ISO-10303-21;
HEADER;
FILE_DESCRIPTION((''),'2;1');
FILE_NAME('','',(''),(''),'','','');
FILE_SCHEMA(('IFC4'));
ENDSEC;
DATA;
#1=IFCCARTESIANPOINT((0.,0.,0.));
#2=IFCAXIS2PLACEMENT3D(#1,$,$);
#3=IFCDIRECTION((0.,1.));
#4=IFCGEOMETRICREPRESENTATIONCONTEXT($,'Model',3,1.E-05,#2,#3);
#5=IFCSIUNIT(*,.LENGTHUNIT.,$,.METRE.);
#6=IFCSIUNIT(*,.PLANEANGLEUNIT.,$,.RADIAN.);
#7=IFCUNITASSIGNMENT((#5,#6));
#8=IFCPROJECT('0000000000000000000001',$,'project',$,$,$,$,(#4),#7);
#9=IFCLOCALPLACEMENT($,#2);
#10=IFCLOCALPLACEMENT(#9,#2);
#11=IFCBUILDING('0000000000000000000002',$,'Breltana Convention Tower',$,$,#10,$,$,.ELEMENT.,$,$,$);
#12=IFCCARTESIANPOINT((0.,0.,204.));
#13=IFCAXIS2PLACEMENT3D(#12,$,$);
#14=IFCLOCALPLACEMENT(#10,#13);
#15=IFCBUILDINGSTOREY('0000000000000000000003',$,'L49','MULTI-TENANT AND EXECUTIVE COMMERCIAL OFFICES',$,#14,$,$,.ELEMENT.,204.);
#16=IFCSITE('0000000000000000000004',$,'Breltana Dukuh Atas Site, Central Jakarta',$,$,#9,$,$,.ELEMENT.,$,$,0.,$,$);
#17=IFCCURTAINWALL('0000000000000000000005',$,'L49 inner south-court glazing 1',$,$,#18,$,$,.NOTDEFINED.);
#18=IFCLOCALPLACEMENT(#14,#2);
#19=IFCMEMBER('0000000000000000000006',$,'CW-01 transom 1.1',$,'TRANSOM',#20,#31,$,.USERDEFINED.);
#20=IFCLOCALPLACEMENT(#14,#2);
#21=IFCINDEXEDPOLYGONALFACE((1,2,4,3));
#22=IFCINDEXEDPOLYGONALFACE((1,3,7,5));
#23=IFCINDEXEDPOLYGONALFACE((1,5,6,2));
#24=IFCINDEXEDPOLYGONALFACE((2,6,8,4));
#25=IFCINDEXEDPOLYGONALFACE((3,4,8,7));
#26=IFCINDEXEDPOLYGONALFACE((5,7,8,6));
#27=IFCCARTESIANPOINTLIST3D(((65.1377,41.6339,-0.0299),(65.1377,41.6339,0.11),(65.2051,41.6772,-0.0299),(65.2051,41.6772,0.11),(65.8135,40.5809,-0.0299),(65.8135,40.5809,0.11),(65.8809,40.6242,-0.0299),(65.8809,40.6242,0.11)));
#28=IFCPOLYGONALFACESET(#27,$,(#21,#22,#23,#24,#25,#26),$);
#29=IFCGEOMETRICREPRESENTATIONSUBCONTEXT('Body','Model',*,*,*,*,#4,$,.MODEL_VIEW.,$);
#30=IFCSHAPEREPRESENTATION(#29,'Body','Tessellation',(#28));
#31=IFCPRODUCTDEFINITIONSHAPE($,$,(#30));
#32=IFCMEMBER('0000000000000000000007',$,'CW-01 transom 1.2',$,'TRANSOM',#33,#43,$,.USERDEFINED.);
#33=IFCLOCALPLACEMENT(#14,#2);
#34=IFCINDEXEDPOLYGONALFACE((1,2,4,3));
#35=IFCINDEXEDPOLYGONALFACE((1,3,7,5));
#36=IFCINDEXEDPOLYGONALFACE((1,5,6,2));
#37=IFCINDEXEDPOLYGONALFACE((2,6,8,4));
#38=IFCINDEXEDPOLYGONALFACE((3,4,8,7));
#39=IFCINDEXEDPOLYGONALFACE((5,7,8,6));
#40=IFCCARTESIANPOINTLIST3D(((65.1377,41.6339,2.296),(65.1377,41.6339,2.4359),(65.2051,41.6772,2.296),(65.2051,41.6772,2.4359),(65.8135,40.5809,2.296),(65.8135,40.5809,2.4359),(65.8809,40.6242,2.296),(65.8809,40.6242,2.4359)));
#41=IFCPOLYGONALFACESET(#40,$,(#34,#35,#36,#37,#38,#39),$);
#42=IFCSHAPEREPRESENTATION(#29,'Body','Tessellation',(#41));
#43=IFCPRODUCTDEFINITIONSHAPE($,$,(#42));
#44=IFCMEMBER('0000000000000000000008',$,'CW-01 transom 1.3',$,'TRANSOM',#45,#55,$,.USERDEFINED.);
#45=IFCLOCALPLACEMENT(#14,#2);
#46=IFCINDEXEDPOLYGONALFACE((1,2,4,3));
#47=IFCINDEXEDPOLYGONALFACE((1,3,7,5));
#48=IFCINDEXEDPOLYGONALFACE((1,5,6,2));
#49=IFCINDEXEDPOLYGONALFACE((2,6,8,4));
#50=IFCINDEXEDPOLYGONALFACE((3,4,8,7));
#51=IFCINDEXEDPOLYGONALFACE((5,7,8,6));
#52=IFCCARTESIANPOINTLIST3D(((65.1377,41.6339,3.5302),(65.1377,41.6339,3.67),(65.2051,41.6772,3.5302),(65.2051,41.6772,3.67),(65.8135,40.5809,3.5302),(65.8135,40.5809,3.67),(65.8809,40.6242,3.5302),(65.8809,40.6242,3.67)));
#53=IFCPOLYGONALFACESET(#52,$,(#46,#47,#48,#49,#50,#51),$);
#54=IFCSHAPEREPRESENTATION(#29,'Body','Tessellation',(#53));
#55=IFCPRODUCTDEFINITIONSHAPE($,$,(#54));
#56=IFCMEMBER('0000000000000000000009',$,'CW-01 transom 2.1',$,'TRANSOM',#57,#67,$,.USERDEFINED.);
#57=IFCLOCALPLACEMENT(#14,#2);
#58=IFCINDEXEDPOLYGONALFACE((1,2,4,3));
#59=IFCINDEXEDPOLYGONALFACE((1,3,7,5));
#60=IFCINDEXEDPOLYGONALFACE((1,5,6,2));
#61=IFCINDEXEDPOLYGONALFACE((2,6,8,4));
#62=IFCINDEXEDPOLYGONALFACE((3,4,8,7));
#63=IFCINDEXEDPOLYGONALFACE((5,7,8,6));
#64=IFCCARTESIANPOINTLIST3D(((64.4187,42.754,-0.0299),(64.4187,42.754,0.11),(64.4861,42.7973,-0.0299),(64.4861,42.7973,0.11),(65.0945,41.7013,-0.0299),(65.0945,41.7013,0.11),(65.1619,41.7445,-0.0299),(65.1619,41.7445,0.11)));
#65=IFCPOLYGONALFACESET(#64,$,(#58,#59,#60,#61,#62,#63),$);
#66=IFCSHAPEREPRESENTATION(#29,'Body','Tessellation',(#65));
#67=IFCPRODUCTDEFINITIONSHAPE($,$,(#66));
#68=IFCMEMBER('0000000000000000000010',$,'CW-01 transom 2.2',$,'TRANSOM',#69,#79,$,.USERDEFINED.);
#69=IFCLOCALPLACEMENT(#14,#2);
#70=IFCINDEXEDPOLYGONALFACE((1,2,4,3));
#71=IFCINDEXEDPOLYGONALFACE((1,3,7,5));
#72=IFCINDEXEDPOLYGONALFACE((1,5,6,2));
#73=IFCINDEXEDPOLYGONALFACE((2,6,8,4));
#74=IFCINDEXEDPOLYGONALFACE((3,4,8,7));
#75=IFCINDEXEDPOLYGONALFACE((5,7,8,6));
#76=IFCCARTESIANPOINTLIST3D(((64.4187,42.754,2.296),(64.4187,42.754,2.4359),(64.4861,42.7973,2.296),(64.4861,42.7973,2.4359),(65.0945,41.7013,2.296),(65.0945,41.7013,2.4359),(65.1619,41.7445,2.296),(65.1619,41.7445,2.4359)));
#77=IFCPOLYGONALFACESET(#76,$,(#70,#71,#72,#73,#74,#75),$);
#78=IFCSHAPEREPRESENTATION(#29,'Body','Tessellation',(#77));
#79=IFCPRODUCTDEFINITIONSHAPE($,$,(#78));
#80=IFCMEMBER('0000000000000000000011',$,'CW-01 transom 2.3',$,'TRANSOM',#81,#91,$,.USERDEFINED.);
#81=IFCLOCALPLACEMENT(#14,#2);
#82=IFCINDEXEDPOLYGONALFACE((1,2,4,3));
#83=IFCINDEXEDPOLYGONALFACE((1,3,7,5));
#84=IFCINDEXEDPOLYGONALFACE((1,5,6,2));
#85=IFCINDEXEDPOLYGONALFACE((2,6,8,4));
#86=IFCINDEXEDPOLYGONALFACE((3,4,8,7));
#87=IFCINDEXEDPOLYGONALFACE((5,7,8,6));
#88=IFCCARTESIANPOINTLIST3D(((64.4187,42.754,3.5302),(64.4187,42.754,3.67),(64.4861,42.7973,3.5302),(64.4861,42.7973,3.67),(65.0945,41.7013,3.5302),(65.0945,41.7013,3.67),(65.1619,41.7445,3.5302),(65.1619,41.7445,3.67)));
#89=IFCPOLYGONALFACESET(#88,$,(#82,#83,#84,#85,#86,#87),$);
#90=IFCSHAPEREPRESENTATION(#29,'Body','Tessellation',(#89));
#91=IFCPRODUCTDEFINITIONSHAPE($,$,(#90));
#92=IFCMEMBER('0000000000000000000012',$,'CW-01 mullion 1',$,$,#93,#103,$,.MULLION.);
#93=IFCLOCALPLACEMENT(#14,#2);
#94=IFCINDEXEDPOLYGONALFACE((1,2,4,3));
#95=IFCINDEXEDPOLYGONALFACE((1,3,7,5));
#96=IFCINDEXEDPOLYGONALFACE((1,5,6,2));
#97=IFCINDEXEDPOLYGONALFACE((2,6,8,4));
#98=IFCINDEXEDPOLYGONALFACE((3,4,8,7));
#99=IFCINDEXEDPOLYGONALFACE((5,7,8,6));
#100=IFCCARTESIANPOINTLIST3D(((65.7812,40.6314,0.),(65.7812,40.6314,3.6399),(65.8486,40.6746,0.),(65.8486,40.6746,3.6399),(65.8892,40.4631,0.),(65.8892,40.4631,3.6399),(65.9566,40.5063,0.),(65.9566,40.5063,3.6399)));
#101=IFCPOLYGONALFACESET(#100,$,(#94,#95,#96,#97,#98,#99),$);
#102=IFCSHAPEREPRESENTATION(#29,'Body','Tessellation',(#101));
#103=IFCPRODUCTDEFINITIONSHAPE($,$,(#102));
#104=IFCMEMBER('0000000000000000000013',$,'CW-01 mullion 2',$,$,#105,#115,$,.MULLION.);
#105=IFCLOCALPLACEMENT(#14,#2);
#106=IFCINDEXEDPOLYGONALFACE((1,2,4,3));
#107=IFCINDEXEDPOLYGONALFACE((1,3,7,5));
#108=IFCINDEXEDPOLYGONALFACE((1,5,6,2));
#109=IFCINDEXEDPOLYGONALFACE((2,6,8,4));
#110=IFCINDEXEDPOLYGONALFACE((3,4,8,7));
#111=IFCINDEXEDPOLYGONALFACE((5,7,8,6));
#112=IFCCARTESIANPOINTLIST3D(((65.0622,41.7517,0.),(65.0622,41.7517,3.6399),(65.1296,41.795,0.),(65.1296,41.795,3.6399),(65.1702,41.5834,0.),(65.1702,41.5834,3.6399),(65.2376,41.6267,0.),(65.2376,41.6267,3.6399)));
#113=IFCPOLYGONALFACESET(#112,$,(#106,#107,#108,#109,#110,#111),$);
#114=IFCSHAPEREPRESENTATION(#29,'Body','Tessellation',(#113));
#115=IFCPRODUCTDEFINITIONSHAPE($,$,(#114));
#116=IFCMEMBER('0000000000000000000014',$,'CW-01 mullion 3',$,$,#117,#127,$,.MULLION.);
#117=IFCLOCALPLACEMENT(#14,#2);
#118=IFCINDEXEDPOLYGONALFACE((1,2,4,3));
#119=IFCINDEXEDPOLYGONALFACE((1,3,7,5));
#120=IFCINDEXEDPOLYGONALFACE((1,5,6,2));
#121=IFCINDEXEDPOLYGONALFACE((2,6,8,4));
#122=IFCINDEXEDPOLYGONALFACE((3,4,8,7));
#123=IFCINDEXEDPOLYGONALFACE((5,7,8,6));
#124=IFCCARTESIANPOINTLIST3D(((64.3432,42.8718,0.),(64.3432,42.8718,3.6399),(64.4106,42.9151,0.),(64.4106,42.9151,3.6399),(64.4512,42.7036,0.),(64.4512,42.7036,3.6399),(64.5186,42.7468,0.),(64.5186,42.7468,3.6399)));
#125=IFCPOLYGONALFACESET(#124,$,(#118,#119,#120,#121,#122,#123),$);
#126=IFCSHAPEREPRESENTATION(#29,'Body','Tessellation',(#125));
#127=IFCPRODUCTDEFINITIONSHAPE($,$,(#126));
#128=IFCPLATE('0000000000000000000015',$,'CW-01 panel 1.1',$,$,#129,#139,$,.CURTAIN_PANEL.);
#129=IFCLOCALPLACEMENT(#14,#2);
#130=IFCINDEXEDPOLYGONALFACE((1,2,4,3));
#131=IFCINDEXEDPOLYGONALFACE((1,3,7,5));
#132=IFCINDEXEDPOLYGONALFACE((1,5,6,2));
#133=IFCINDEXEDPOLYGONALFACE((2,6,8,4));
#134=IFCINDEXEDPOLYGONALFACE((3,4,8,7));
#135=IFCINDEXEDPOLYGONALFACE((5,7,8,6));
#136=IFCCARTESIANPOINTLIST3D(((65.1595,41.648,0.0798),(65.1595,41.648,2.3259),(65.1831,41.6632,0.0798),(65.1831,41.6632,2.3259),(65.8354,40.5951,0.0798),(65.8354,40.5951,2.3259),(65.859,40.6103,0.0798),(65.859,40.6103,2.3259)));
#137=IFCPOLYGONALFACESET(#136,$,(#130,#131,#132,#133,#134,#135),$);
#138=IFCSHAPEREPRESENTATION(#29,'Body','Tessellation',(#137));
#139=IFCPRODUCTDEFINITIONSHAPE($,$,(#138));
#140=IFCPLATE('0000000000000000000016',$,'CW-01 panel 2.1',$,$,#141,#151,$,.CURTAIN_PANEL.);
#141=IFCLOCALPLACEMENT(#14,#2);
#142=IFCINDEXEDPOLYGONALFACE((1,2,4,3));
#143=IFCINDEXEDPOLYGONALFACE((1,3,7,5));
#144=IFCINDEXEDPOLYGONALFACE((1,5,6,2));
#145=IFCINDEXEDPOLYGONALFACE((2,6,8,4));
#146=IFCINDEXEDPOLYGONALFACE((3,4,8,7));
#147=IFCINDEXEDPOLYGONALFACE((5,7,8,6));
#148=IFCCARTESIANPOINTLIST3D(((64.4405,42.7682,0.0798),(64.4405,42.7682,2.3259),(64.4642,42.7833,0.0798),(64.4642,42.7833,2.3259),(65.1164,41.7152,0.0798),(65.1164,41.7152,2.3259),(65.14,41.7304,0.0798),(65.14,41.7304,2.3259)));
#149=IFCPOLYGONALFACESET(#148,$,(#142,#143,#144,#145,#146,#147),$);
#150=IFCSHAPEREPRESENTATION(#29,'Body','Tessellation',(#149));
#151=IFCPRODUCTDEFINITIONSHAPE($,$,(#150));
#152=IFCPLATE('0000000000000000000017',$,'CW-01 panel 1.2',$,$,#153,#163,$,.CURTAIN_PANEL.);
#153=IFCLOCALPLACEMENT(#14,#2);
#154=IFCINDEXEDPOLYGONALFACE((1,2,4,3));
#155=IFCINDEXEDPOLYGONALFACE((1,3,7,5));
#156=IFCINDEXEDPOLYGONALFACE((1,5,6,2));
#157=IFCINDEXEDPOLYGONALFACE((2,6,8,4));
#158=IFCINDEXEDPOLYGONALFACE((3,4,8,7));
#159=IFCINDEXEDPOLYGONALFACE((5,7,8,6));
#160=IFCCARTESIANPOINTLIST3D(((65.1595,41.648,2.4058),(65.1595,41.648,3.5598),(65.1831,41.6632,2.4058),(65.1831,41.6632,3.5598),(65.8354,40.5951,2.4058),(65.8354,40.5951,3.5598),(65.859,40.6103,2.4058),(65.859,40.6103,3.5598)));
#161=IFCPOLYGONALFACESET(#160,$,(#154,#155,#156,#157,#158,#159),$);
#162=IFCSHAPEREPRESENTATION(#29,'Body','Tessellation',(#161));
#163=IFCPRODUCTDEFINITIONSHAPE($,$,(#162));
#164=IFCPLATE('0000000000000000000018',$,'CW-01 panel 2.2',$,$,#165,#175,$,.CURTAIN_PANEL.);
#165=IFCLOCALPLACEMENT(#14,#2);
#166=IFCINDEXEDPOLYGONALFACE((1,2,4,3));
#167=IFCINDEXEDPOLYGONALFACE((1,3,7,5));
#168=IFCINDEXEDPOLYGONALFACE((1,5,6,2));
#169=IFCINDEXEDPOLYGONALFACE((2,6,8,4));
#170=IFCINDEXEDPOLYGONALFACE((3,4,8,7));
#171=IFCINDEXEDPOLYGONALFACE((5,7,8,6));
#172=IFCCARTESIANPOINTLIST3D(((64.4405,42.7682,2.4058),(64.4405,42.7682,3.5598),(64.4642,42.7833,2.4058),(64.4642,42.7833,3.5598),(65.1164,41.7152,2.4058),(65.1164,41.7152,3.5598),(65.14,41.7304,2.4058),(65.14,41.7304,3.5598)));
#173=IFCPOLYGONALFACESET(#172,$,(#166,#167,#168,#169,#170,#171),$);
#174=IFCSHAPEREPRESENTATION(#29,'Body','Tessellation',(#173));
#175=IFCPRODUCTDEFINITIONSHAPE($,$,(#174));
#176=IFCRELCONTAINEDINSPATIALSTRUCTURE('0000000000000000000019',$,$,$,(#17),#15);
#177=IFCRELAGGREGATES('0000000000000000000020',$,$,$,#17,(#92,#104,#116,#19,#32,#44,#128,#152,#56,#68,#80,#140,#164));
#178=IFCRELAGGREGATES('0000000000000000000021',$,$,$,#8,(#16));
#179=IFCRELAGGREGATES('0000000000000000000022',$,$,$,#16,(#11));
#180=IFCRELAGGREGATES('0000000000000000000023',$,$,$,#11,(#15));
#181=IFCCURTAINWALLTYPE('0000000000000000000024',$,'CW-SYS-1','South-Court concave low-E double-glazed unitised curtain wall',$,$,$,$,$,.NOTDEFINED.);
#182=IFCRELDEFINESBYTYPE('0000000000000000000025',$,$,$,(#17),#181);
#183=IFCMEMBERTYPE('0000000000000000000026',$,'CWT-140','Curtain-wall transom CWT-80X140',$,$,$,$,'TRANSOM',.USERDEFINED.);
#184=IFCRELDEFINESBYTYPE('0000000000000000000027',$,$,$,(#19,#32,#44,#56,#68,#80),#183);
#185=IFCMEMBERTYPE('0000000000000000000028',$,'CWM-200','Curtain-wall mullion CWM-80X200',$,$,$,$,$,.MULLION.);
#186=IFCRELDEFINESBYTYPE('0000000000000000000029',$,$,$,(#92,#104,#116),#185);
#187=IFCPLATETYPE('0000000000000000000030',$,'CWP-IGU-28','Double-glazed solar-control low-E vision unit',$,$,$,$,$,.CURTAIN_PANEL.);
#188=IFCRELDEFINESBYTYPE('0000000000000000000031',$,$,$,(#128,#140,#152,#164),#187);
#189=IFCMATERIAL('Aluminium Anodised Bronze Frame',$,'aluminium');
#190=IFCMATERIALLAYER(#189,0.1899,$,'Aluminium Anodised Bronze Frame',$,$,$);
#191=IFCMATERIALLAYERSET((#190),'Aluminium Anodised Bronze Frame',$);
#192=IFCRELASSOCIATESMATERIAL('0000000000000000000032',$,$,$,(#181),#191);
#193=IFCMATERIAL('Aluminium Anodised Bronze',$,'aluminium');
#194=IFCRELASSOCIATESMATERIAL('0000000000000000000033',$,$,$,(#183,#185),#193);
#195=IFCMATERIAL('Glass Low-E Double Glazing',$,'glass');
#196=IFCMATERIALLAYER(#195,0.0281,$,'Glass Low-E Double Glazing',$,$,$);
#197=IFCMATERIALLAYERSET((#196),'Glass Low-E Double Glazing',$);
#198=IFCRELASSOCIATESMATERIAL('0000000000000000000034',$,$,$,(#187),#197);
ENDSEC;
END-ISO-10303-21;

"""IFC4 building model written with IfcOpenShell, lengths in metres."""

from ifc_helpers import new_model, si_unit, direction, frame, origin, origin_2d, place, context, subcontext, project, spatial, rectangle, extrude, source, transform, mapped, material, layer, layer_set, material_profile, profile_set, type_object, element, aggregate, save


model = new_model("IFC4")

# Units and contexts
model_context = context("Model", 3, precision=1e-05, world=origin(), true_north=direction((0.0, 1.0)))
body_context = subcontext(model_context, "Body", "Model", "MODEL_VIEW")
ifc_project = project(units=[si_unit("LENGTHUNIT", "METRE"), si_unit("PLANEANGLEUNIT", "RADIAN")], contexts=[model_context])

# Site, building, storey
site_placement = place(None, origin())
site = spatial("IfcSite", under=ifc_project, at=site_placement, Name="Breltana Dukuh Atas Site, Central Jakarta", CompositionType="ELEMENT", RefElevation=0.0)
building_placement = place(site_placement, origin())
building = spatial("IfcBuilding", under=site, at=building_placement, Name="Breltana Convention Tower", CompositionType="ELEMENT")
storey_placement = place(building_placement, frame((0.0, 0.0, 204.0)))
storey = spatial("IfcBuildingStorey", under=building, at=storey_placement, Name="L49", Description="MULTI-TENANT AND EXECUTIVE COMMERCIAL OFFICES", CompositionType="ELEMENT", Elevation=204.0)

# Curtain wall, members, plates
ifc_material_1 = material(Name="Aluminium Anodised Bronze Frame", Category="aluminium")
ifc_layer_1 = layer(ifc_material_1, 0.1899, Name="Aluminium Anodised Bronze Frame")
ifc_layer_set_1 = layer_set([ifc_layer_1], Name="Aluminium Anodised Bronze Frame")
curtain_wall_type = type_object("IfcCurtainWallType", Name="CW-SYS-1", Description="South-Court concave low-E double-glazed unitised curtain wall", PredefinedType="NOTDEFINED", material=ifc_layer_set_1)
curtain_wall_placement = place(storey_placement, origin())
curtain_wall = element("IfcCurtainWall", 1, at=curtain_wall_placement, inside=storey, type_object=curtain_wall_type, Name="L49 inner south-court glazing 1", PredefinedType="NOTDEFINED")
ifc_material_2 = material(Name="Aluminium Anodised Bronze", Category="aluminium")
ifc_material_profile_1 = material_profile(ifc_material_2, rectangle(XDim=0.0801, YDim=0.1399, at=origin_2d()), Name="CWT-80X140")
ifc_profile_set_1 = profile_set([ifc_material_profile_1], Name="Aluminium Anodised Bronze")
member_type_1 = type_object("IfcMemberType", Name="CWT-140", Description="Curtain-wall transom CWT-80X140", ElementType="TRANSOM", PredefinedType="USERDEFINED", material=ifc_profile_set_1)
shared_shape_1 = source(origin(), body_context, "Body", "SweptSolid", [
    extrude(rectangle(XDim=0.0801, YDim=0.1399, at=origin_2d()), origin(), (0.0, 0.0, 1.0), 1.2512),
])
member_1_placement = place(storey_placement, frame((65.8472, 40.6025, 0.04), z_axis=(-0.540116, 0.84159, 0.0), x_axis=(-0.84159, -0.540116, 0.0)))
member_1 = element("IfcMember", 2, at=member_1_placement, type_object=member_type_1, Name="CW-01 transom 1.1", ObjectType="TRANSOM", PredefinedType="USERDEFINED", context=body_context, shape_type="MappedRepresentation", body=[
    mapped(shared_shape_1, transform((0.0, 0.0, 0.0), scale=1.0)),
])
member_2_placement = place(storey_placement, frame((65.8472, 40.6025, 2.366), z_axis=(-0.540116, 0.84159, 0.0), x_axis=(-0.84159, -0.540116, 0.0)))
member_2 = element("IfcMember", 3, at=member_2_placement, type_object=member_type_1, Name="CW-01 transom 1.2", ObjectType="TRANSOM", PredefinedType="USERDEFINED", context=body_context, shape_type="MappedRepresentation", body=[
    mapped(shared_shape_1, transform((0.0, 0.0, 0.0), scale=1.0)),
])
member_3_placement = place(storey_placement, frame((65.8472, 40.6025, 3.6001), z_axis=(-0.540116, 0.84159, 0.0), x_axis=(-0.84159, -0.540116, 0.0)))
member_3 = element("IfcMember", 4, at=member_3_placement, type_object=member_type_1, Name="CW-01 transom 1.3", ObjectType="TRANSOM", PredefinedType="USERDEFINED", context=body_context, shape_type="MappedRepresentation", body=[
    mapped(shared_shape_1, transform((0.0, 0.0, 0.0), scale=1.0)),
])
shared_shape_2 = source(origin(), body_context, "Body", "SweptSolid", [
    extrude(rectangle(XDim=0.0801, YDim=0.1399, at=origin_2d()), origin(), (0.0, 0.0, 1.0), 1.251),
])
member_4_placement = place(storey_placement, frame((65.1282, 41.7229, 0.04), z_axis=(-0.540205, 0.841533, 0.0), x_axis=(-0.841533, -0.540205, 0.0)))
member_4 = element("IfcMember", 5, at=member_4_placement, type_object=member_type_1, Name="CW-01 transom 2.1", ObjectType="TRANSOM", PredefinedType="USERDEFINED", context=body_context, shape_type="MappedRepresentation", body=[
    mapped(shared_shape_2, transform((0.0, 0.0, 0.0), scale=1.0)),
])
member_5_placement = place(storey_placement, frame((65.1282, 41.7229, 2.366), z_axis=(-0.540205, 0.841533, 0.0), x_axis=(-0.841533, -0.540205, 0.0)))
member_5 = element("IfcMember", 6, at=member_5_placement, type_object=member_type_1, Name="CW-01 transom 2.2", ObjectType="TRANSOM", PredefinedType="USERDEFINED", context=body_context, shape_type="MappedRepresentation", body=[
    mapped(shared_shape_2, transform((0.0, 0.0, 0.0), scale=1.0)),
])
member_6_placement = place(storey_placement, frame((65.1282, 41.7229, 3.6001), z_axis=(-0.540205, 0.841533, 0.0), x_axis=(-0.841533, -0.540205, 0.0)))
member_6 = element("IfcMember", 7, at=member_6_placement, type_object=member_type_1, Name="CW-01 transom 2.3", ObjectType="TRANSOM", PredefinedType="USERDEFINED", context=body_context, shape_type="MappedRepresentation", body=[
    mapped(shared_shape_2, transform((0.0, 0.0, 0.0), scale=1.0)),
])
ifc_material_profile_2 = material_profile(ifc_material_2, rectangle(XDim=0.0801, YDim=0.2, at=origin_2d()), Name="CWM-80X200")
ifc_profile_set_2 = profile_set([ifc_material_profile_2], Name="Aluminium Anodised Bronze")
member_type_2 = type_object("IfcMemberType", Name="CWM-200", Description="Curtain-wall mullion CWM-80X200", PredefinedType="MULLION", material=ifc_profile_set_2)
shared_shape_3 = source(origin(), body_context, "Body", "SweptSolid", [
    extrude(rectangle(XDim=0.0801, YDim=0.2, at=origin_2d()), origin(), (0.0, 0.0, 1.0), 3.6399),
])
member_7_placement = place(storey_placement, frame((65.8689, 40.5688, 0.0), z_axis=(0.0, 0.0, 1.0), x_axis=(-0.841547, -0.540184, 0.0)))
member_7 = element("IfcMember", 8, at=member_7_placement, type_object=member_type_2, Name="CW-01 mullion 1", PredefinedType="MULLION", context=body_context, shape_type="MappedRepresentation", body=[
    mapped(shared_shape_3, transform((0.0, 0.0, 0.0), scale=1.0)),
])
member_8_placement = place(storey_placement, frame((65.1499, 41.6892, 0.0), z_axis=(0.0, 0.0, 1.0), x_axis=(-0.841547, -0.540184, 0.0)))
member_8 = element("IfcMember", 9, at=member_8_placement, type_object=member_type_2, Name="CW-01 mullion 2", PredefinedType="MULLION", context=body_context, shape_type="MappedRepresentation", body=[
    mapped(shared_shape_3, transform((0.0, 0.0, 0.0), scale=1.0)),
])
member_9_placement = place(storey_placement, frame((64.4309, 42.8093, 0.0), z_axis=(0.0, 0.0, 1.0), x_axis=(-0.841547, -0.540184, 0.0)))
member_9 = element("IfcMember", 10, at=member_9_placement, type_object=member_type_2, Name="CW-01 mullion 3", PredefinedType="MULLION", context=body_context, shape_type="MappedRepresentation", body=[
    mapped(shared_shape_3, transform((0.0, 0.0, 0.0), scale=1.0)),
])
ifc_material_3 = material(Name="Glass Low-E Double Glazing", Category="glass")
ifc_layer_2 = layer(ifc_material_3, 0.0281, Name="Glass Low-E Double Glazing")
ifc_layer_set_2 = layer_set([ifc_layer_2], Name="Glass Low-E Double Glazing")
plate_type = type_object("IfcPlateType", Name="CWP-IGU-28", Description="Double-glazed solar-control low-E vision unit", PredefinedType="CURTAIN_PANEL", material=ifc_layer_set_2)
shared_shape_4 = source(origin(), body_context, "Body", "SweptSolid", [
    extrude(rectangle(XDim=1.2512, YDim=0.0281, at=origin_2d()), origin(), (0.0, 0.0, 1.0), 2.2461),
])
plate_1_placement = place(storey_placement, frame((65.5093, 41.1292, 0.0798), z_axis=(0.0, 0.0, 1.0), x_axis=(-0.540184, 0.841547, 0.0)))
plate_1 = element("IfcPlate", 11, at=plate_1_placement, type_object=plate_type, Name="CW-01 panel 1.1", PredefinedType="CURTAIN_PANEL", context=body_context, shape_type="MappedRepresentation", body=[
    mapped(shared_shape_4, transform((0.0, 0.0, 0.0), scale=1.0)),
])
plate_2_placement = place(storey_placement, frame((64.7903, 42.2493, 0.0798), z_axis=(0.0, 0.0, 1.0), x_axis=(-0.540184, 0.841547, 0.0)))
plate_2 = element("IfcPlate", 12, at=plate_2_placement, type_object=plate_type, Name="CW-01 panel 2.1", PredefinedType="CURTAIN_PANEL", context=body_context, shape_type="MappedRepresentation", body=[
    mapped(shared_shape_4, transform((0.0, 0.0, 0.0), scale=1.0)),
])
shared_shape_5 = source(origin(), body_context, "Body", "SweptSolid", [
    extrude(rectangle(XDim=1.2512, YDim=0.0281, at=origin_2d()), origin(), (0.0, 0.0, 1.0), 1.1541),
])
plate_3_placement = place(storey_placement, frame((65.5093, 41.1292, 2.4058), z_axis=(0.0, 0.0, 1.0), x_axis=(-0.540184, 0.841547, 0.0)))
plate_3 = element("IfcPlate", 13, at=plate_3_placement, type_object=plate_type, Name="CW-01 panel 1.2", PredefinedType="CURTAIN_PANEL", context=body_context, shape_type="MappedRepresentation", body=[
    mapped(shared_shape_5, transform((0.0, 0.0, 0.0), scale=1.0)),
])
plate_4_placement = place(storey_placement, frame((64.7903, 42.2493, 2.4058), z_axis=(0.0, 0.0, 1.0), x_axis=(-0.540184, 0.841547, 0.0)))
plate_4 = element("IfcPlate", 14, at=plate_4_placement, type_object=plate_type, Name="CW-01 panel 2.2", PredefinedType="CURTAIN_PANEL", context=body_context, shape_type="MappedRepresentation", body=[
    mapped(shared_shape_5, transform((0.0, 0.0, 0.0), scale=1.0)),
])
aggregate(curtain_wall, [member_7, member_8, member_9, member_1, member_2, member_3, plate_1, plate_3, member_4, member_5, member_6, plate_2, plate_4])

save(model, "model.ifc")
